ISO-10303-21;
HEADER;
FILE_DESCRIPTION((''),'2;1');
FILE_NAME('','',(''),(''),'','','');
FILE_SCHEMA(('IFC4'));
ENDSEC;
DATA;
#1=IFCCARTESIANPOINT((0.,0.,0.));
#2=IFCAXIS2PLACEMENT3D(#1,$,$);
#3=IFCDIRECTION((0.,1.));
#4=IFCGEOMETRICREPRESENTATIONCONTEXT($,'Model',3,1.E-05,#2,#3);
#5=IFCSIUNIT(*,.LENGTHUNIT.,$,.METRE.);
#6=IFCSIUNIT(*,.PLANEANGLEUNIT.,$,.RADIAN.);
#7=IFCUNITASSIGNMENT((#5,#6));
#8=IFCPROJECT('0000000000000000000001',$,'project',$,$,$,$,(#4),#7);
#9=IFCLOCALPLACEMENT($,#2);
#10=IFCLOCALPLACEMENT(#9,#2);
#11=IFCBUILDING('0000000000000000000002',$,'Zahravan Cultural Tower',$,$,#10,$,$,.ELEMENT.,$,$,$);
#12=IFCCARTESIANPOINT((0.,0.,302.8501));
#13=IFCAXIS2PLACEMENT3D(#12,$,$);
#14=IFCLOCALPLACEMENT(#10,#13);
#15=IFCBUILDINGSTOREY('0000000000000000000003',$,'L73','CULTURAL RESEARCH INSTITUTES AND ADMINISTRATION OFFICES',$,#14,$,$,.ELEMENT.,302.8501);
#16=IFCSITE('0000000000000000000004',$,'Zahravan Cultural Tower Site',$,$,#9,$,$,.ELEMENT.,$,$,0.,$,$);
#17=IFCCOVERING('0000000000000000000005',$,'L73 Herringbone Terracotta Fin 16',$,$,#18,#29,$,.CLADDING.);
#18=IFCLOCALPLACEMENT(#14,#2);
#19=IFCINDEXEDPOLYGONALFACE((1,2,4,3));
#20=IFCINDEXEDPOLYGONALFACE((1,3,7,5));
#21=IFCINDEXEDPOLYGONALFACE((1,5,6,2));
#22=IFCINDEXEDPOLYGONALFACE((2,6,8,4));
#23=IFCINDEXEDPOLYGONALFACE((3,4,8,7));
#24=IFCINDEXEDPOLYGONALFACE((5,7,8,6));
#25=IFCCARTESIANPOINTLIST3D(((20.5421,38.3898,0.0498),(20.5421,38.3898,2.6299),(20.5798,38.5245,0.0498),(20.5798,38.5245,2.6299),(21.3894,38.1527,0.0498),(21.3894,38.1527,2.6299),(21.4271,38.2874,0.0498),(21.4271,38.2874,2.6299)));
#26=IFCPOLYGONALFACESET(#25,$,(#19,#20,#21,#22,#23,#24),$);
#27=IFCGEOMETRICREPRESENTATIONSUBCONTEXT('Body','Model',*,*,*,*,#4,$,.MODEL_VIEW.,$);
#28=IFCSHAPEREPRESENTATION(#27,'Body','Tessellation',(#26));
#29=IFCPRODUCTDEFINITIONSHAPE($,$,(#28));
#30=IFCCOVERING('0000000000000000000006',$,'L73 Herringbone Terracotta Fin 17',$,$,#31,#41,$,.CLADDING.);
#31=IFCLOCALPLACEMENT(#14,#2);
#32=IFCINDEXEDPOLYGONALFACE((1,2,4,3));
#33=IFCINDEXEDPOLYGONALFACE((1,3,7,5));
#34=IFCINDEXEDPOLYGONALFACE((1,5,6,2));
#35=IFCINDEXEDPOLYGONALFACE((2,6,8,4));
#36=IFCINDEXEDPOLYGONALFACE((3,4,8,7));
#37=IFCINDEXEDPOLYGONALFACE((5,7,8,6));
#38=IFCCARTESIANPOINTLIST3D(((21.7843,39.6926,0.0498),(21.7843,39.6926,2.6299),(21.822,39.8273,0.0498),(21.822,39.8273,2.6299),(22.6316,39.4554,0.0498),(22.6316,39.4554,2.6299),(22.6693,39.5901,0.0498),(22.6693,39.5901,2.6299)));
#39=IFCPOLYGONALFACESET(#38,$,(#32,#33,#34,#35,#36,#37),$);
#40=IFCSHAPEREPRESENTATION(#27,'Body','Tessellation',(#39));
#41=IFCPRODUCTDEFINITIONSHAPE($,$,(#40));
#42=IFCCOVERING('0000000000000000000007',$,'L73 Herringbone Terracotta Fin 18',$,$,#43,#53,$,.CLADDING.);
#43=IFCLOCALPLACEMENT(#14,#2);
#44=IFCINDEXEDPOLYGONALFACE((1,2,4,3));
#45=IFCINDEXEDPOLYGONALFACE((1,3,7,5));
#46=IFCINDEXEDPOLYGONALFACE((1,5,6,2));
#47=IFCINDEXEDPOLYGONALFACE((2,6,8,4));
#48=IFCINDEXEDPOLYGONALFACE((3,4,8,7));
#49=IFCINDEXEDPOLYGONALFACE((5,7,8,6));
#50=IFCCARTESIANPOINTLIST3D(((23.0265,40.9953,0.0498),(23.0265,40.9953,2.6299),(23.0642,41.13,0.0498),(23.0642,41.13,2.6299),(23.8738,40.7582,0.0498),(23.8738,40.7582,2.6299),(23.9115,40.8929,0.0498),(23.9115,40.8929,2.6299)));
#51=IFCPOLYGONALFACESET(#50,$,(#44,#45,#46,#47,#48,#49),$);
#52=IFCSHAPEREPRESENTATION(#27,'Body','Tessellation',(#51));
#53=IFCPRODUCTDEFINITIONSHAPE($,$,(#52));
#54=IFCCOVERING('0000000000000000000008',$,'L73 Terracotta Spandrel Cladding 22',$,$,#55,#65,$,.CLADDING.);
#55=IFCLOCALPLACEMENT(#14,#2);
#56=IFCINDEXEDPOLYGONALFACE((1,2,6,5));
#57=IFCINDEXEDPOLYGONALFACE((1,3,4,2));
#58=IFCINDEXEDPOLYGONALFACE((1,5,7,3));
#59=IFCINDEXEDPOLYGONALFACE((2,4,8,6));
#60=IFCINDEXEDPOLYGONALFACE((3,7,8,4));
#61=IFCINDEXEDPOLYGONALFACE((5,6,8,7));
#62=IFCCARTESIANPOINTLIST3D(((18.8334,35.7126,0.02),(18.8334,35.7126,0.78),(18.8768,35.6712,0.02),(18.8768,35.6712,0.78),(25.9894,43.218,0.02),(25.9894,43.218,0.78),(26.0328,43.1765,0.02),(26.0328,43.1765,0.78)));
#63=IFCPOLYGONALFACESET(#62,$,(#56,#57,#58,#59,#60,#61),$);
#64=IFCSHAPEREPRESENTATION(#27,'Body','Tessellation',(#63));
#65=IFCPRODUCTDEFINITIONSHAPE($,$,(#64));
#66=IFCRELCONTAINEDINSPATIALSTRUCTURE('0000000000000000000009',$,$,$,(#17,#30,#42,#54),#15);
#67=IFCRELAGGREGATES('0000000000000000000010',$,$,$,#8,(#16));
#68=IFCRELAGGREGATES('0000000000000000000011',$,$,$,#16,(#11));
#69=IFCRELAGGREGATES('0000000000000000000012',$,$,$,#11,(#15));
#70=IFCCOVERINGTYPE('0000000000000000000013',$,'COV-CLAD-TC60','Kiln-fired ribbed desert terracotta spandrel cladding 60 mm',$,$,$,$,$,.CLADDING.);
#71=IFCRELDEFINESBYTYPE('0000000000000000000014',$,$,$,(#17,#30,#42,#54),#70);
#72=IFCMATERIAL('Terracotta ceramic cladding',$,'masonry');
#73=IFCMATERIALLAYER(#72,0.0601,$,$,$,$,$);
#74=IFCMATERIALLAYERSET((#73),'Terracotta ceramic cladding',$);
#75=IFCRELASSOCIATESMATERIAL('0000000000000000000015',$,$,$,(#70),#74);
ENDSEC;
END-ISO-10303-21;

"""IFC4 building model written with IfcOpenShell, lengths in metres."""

from ifc_helpers import new_model, si_unit, direction, frame, origin, origin_2d, place, context, subcontext, project, spatial, rectangle, extrude, source, transform, mapped, material, layer, layer_set, type_object, element, save


model = new_model("IFC4")

# Units and contexts
model_context = context("Model", 3, precision=1e-05, world=origin(), true_north=direction((0.0, 1.0)))
body_context = subcontext(model_context, "Body", "Model", "MODEL_VIEW")
ifc_project = project(units=[si_unit("LENGTHUNIT", "METRE"), si_unit("PLANEANGLEUNIT", "RADIAN")], contexts=[model_context])

# Site, building, storey
site_placement = place(None, origin())
site = spatial("IfcSite", under=ifc_project, at=site_placement, Name="Zahravan Cultural Tower Site", CompositionType="ELEMENT", RefElevation=0.0)
building_placement = place(site_placement, origin())
building = spatial("IfcBuilding", under=site, at=building_placement, Name="Zahravan Cultural Tower", CompositionType="ELEMENT")
storey_placement = place(building_placement, frame((0.0, 0.0, 302.8501)))
storey = spatial("IfcBuildingStorey", under=building, at=storey_placement, Name="L73", Description="CULTURAL RESEARCH INSTITUTES AND ADMINISTRATION OFFICES", CompositionType="ELEMENT", Elevation=302.8501)

# Coverings
ifc_material_1 = material(Name="Terracotta ceramic cladding", Category="masonry")
ifc_layer_1 = layer(ifc_material_1, 0.0601)
ifc_layer_set_1 = layer_set([ifc_layer_1], Name="Terracotta ceramic cladding")
covering_type = type_object("IfcCoveringType", Name="COV-CLAD-TC60", Description="Kiln-fired ribbed desert terracotta spandrel cladding 60 mm", PredefinedType="CLADDING", material=ifc_layer_set_1)
shared_shape_1 = source(origin(), body_context, "Body", "SweptSolid", [
    extrude(rectangle(XDim=0.8799, YDim=0.1399, at=origin_2d()), origin(), (0.0, 0.0, 1.0), 2.5801),
])
for number, where, z_axis, x_axis, name in (
    (1, (20.9846, 38.3386, 0.0498), (0.0, 0.0, 1.0), (-0.962998, 0.269508, 0.0), "L73 Herringbone Terracotta Fin 16"),
    (2, (22.2268, 39.6414, 0.0498), (0.0, 0.0, 1.0), (-0.962998, 0.269508, 0.0), "L73 Herringbone Terracotta Fin 17"),
    (3, (23.469, 40.9441, 0.0498), (0.0, 0.0, 1.0), (-0.962998, 0.269508, 0.0), "L73 Herringbone Terracotta Fin 18"),
):
    element("IfcCovering", number, at=place(storey_placement, frame(where, z_axis=z_axis, x_axis=x_axis)), inside=storey, type_object=covering_type, Name=name, PredefinedType="CLADDING", context=body_context, shape_type="MappedRepresentation", body=[
        mapped(shared_shape_1, transform((0.0, 0.0, 0.0), x_axis=(1.0, 0.0, 0.0), y_axis=(0.0, 1.0, 0.0), z_axis=(0.0, 0.0, 1.0), scale=1.0)),
    ])
shared_shape_2 = source(origin(), body_context, "Body", "SweptSolid", [
    extrude(rectangle(XDim=10.3701, YDim=0.0601, at=origin_2d()), origin(), (0.0, 0.0, 1.0), 0.76),
])
covering_placement = place(storey_placement, frame((22.4331, 39.4446, 0.02), z_axis=(0.0, 0.0, 1.0), x_axis=(0.690062, 0.72375, 0.0)))
element("IfcCovering", 4, at=covering_placement, inside=storey, type_object=covering_type, Name="L73 Terracotta Spandrel Cladding 22", PredefinedType="CLADDING", context=body_context, shape_type="MappedRepresentation", body=[
    mapped(shared_shape_2, transform((0.0, 0.0, 0.0), x_axis=(1.0, 0.0, 0.0), y_axis=(0.0, 1.0, 0.0), z_axis=(0.0, 0.0, 1.0), scale=1.0)),
])

save(model, "model.ifc")
